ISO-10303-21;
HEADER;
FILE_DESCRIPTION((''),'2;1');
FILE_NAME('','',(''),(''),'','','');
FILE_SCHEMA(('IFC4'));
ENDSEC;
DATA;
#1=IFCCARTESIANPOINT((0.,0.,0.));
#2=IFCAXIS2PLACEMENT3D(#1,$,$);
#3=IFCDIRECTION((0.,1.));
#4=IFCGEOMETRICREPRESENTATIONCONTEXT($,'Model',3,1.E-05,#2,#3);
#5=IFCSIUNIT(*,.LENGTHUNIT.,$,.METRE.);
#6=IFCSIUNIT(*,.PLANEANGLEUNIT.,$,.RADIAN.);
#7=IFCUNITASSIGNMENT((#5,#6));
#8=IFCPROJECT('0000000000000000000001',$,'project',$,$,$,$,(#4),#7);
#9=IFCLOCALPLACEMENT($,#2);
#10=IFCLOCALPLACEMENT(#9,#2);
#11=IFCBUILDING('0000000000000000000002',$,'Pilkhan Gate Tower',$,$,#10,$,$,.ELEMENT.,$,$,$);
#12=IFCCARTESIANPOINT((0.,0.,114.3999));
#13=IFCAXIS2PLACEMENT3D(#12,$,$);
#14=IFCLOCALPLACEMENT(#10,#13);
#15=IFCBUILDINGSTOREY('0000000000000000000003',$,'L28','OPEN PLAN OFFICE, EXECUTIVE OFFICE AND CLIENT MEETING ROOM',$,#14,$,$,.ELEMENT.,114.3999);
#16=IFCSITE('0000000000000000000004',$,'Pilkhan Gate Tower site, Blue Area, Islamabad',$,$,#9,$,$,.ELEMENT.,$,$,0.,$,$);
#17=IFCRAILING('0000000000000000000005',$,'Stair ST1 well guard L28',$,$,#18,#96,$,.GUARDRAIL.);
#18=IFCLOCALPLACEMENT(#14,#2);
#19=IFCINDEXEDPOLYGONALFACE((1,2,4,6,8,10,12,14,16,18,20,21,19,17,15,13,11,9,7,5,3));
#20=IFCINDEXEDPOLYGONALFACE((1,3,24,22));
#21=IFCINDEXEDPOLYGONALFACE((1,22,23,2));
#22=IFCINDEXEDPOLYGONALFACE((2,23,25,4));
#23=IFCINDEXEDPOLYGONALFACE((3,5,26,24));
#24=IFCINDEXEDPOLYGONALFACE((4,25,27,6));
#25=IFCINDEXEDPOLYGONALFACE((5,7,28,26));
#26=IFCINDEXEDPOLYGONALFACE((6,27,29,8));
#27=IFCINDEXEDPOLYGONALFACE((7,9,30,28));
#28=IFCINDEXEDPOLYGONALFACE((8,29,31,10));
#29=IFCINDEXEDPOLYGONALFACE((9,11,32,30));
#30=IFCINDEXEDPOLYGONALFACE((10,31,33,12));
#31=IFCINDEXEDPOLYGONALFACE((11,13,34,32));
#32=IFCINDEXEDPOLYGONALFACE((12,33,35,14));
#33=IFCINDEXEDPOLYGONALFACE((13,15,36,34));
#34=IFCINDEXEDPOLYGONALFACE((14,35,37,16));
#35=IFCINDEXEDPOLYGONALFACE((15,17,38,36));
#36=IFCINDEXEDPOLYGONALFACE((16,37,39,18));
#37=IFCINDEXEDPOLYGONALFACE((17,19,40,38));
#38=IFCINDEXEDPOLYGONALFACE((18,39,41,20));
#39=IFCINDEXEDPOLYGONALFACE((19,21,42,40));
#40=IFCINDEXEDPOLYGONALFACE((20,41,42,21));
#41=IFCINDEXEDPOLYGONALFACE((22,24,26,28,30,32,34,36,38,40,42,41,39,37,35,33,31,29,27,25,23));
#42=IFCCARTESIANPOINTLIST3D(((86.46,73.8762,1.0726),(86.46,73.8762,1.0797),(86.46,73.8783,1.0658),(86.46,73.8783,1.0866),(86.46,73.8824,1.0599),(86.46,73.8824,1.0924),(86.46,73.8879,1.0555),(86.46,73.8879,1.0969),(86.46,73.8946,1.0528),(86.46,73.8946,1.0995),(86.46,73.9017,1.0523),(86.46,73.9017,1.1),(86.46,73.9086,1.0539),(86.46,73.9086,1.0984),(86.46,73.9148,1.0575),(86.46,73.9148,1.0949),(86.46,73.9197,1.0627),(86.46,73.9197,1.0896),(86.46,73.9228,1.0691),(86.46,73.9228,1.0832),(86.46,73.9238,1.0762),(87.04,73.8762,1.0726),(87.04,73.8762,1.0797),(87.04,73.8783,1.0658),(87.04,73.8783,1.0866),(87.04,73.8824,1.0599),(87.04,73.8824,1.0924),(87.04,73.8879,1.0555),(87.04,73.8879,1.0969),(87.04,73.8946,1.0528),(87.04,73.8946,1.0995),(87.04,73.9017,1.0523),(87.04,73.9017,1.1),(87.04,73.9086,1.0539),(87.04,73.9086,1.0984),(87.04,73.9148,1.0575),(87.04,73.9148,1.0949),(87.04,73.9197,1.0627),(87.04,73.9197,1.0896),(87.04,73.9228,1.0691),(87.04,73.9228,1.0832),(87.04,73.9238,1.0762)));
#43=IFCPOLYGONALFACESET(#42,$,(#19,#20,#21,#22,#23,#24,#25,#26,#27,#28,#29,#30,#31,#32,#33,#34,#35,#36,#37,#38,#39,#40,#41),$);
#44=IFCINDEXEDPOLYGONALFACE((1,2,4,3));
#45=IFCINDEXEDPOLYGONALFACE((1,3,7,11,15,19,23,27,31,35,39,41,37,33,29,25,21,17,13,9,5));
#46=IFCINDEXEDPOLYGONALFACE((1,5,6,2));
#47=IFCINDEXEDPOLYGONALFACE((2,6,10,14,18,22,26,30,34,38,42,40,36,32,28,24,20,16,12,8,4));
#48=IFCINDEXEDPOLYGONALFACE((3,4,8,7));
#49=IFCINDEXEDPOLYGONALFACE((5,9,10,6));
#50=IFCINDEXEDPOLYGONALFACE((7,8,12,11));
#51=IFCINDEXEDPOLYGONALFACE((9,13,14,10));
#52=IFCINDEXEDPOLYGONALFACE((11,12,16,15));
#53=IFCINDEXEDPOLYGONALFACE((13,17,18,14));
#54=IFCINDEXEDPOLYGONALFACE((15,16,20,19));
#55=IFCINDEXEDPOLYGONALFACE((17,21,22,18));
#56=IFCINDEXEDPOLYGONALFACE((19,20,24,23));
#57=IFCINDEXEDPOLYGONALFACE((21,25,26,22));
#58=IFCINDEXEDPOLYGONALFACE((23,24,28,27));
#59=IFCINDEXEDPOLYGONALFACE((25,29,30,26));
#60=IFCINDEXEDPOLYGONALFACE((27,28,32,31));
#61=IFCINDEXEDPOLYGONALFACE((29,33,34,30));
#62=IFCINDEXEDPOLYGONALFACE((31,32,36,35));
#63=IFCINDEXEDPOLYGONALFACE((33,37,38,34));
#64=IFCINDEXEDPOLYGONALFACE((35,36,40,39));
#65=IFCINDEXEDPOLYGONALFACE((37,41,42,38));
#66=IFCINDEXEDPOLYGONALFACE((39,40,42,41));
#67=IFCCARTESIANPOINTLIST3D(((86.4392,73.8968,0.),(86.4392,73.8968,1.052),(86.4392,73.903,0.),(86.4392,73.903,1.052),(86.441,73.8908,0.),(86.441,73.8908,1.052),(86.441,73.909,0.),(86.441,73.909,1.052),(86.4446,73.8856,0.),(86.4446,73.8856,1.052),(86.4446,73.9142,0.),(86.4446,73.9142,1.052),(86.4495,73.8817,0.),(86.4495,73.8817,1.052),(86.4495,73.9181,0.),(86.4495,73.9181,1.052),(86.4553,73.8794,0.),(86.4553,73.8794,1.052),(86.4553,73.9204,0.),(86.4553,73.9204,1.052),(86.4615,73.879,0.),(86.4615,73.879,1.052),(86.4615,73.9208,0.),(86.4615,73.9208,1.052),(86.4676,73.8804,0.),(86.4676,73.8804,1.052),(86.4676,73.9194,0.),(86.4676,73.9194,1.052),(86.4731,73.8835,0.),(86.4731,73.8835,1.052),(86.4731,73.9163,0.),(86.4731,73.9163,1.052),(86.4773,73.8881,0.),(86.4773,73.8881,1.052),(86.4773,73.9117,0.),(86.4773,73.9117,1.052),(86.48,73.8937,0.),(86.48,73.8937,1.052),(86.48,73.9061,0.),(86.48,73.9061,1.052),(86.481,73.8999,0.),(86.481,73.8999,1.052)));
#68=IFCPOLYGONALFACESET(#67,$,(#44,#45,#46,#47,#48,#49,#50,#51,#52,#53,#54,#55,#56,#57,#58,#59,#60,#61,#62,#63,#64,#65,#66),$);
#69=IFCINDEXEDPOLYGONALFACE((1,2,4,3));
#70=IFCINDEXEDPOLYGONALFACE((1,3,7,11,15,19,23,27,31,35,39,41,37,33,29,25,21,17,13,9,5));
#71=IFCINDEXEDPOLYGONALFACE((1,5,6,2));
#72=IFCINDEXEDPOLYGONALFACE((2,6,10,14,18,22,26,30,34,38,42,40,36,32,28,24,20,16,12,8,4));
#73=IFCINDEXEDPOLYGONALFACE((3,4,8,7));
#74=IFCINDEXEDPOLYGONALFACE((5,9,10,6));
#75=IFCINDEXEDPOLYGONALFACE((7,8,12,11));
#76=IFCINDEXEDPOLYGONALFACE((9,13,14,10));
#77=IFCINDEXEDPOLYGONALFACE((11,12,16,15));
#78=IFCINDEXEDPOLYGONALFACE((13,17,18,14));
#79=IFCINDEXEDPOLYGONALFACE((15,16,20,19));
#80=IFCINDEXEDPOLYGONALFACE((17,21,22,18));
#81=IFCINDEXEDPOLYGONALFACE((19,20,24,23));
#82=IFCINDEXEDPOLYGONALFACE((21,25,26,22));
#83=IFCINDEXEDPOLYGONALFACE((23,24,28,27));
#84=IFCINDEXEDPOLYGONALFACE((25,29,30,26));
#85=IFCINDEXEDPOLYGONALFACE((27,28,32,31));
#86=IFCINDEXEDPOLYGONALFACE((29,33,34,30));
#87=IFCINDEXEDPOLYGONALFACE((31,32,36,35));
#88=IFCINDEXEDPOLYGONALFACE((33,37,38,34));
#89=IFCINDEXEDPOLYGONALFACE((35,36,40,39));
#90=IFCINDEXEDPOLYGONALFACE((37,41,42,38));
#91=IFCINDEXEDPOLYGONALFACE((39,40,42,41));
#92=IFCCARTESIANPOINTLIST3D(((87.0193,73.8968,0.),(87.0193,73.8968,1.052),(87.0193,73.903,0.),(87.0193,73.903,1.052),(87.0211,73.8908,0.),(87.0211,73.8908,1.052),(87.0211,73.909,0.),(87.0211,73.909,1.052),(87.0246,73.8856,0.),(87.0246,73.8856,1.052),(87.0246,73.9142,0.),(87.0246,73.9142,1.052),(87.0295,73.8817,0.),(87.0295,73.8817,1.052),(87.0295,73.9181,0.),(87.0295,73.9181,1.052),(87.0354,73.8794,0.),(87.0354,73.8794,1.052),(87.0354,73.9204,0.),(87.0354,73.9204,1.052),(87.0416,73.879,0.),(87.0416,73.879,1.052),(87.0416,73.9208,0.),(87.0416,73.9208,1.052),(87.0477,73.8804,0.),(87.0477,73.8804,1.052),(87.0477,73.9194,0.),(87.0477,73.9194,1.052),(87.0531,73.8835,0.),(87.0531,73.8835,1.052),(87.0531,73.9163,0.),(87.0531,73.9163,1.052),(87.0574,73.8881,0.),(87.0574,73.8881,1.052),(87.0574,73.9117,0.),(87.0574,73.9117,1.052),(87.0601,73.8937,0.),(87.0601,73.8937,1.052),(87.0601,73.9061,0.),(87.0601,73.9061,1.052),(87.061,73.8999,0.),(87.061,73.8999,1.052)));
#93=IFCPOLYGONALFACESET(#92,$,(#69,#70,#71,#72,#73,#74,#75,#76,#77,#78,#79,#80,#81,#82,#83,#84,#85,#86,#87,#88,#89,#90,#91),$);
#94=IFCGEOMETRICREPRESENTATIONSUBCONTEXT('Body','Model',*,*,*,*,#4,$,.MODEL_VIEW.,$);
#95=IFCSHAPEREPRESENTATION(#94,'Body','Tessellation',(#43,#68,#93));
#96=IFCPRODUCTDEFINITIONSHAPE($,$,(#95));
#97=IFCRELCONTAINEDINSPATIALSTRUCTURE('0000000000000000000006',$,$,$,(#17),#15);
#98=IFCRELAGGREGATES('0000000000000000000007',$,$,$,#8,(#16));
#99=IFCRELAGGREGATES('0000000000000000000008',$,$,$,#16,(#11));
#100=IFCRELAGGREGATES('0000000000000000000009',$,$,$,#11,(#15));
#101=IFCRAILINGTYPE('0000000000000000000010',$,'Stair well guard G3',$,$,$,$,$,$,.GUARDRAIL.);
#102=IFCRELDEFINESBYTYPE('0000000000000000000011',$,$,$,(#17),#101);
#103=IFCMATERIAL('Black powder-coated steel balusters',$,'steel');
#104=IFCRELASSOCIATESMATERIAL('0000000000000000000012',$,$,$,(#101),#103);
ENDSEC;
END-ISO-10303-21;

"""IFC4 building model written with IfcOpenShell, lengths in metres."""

from ifc_helpers import new_model, si_unit, direction, frame, origin, origin_2d, place, context, subcontext, project, spatial, circle, extrude, material, type_object, element, save


model = new_model("IFC4")

# Units and contexts
model_context = context("Model", 3, precision=1e-05, world=origin(), true_north=direction((0.0, 1.0)))
body_context = subcontext(model_context, "Body", "Model", "MODEL_VIEW")
ifc_project = project(units=[si_unit("LENGTHUNIT", "METRE"), si_unit("PLANEANGLEUNIT", "RADIAN")], contexts=[model_context])

# Site, building, storey
site_placement = place(None, origin())
site = spatial("IfcSite", under=ifc_project, at=site_placement, Name="Pilkhan Gate Tower site, Blue Area, Islamabad", CompositionType="ELEMENT", RefElevation=0.0)
building_placement = place(site_placement, origin())
building = spatial("IfcBuilding", under=site, at=building_placement, Name="Pilkhan Gate Tower", CompositionType="ELEMENT")
storey_placement = place(building_placement, frame((0.0, 0.0, 114.3999)))
storey = spatial("IfcBuildingStorey", under=building, at=storey_placement, Name="L28", Description="OPEN PLAN OFFICE, EXECUTIVE OFFICE AND CLIENT MEETING ROOM", CompositionType="ELEMENT", Elevation=114.3999)

# Railing
ifc_material_1 = material(Name="Black powder-coated steel balusters", Category="steel")
railing_type_1 = type_object("IfcRailingType", Name="Stair well guard G3", PredefinedType="GUARDRAIL", material=ifc_material_1)
railing_1_placement = place(storey_placement, frame((86.46, 73.8999, 0.0)))
element("IfcRailing", 1, at=railing_1_placement, inside=storey, type_object=railing_type_1, Name="Stair ST1 well guard L28", PredefinedType="GUARDRAIL", context=body_context, shape_type="SweptSolid", body=[
    extrude(circle(Radius=0.0239, at=origin_2d()), frame((0.0, 0.0, 1.0762), z_axis=(1.0, 0.0, 0.0), x_axis=(0.0, 1.0, 0.0)), (0.0, 0.0, 1.0), 0.5801),
    extrude(circle(Radius=0.021, at=origin_2d()), origin(), (0.0, 0.0, 1.0), 1.052),
    extrude(circle(Radius=0.021, at=origin_2d()), frame((0.5801, 0.0, 0.0)), (0.0, 0.0, 1.0), 1.052),
])

save(model, "model.ifc")
